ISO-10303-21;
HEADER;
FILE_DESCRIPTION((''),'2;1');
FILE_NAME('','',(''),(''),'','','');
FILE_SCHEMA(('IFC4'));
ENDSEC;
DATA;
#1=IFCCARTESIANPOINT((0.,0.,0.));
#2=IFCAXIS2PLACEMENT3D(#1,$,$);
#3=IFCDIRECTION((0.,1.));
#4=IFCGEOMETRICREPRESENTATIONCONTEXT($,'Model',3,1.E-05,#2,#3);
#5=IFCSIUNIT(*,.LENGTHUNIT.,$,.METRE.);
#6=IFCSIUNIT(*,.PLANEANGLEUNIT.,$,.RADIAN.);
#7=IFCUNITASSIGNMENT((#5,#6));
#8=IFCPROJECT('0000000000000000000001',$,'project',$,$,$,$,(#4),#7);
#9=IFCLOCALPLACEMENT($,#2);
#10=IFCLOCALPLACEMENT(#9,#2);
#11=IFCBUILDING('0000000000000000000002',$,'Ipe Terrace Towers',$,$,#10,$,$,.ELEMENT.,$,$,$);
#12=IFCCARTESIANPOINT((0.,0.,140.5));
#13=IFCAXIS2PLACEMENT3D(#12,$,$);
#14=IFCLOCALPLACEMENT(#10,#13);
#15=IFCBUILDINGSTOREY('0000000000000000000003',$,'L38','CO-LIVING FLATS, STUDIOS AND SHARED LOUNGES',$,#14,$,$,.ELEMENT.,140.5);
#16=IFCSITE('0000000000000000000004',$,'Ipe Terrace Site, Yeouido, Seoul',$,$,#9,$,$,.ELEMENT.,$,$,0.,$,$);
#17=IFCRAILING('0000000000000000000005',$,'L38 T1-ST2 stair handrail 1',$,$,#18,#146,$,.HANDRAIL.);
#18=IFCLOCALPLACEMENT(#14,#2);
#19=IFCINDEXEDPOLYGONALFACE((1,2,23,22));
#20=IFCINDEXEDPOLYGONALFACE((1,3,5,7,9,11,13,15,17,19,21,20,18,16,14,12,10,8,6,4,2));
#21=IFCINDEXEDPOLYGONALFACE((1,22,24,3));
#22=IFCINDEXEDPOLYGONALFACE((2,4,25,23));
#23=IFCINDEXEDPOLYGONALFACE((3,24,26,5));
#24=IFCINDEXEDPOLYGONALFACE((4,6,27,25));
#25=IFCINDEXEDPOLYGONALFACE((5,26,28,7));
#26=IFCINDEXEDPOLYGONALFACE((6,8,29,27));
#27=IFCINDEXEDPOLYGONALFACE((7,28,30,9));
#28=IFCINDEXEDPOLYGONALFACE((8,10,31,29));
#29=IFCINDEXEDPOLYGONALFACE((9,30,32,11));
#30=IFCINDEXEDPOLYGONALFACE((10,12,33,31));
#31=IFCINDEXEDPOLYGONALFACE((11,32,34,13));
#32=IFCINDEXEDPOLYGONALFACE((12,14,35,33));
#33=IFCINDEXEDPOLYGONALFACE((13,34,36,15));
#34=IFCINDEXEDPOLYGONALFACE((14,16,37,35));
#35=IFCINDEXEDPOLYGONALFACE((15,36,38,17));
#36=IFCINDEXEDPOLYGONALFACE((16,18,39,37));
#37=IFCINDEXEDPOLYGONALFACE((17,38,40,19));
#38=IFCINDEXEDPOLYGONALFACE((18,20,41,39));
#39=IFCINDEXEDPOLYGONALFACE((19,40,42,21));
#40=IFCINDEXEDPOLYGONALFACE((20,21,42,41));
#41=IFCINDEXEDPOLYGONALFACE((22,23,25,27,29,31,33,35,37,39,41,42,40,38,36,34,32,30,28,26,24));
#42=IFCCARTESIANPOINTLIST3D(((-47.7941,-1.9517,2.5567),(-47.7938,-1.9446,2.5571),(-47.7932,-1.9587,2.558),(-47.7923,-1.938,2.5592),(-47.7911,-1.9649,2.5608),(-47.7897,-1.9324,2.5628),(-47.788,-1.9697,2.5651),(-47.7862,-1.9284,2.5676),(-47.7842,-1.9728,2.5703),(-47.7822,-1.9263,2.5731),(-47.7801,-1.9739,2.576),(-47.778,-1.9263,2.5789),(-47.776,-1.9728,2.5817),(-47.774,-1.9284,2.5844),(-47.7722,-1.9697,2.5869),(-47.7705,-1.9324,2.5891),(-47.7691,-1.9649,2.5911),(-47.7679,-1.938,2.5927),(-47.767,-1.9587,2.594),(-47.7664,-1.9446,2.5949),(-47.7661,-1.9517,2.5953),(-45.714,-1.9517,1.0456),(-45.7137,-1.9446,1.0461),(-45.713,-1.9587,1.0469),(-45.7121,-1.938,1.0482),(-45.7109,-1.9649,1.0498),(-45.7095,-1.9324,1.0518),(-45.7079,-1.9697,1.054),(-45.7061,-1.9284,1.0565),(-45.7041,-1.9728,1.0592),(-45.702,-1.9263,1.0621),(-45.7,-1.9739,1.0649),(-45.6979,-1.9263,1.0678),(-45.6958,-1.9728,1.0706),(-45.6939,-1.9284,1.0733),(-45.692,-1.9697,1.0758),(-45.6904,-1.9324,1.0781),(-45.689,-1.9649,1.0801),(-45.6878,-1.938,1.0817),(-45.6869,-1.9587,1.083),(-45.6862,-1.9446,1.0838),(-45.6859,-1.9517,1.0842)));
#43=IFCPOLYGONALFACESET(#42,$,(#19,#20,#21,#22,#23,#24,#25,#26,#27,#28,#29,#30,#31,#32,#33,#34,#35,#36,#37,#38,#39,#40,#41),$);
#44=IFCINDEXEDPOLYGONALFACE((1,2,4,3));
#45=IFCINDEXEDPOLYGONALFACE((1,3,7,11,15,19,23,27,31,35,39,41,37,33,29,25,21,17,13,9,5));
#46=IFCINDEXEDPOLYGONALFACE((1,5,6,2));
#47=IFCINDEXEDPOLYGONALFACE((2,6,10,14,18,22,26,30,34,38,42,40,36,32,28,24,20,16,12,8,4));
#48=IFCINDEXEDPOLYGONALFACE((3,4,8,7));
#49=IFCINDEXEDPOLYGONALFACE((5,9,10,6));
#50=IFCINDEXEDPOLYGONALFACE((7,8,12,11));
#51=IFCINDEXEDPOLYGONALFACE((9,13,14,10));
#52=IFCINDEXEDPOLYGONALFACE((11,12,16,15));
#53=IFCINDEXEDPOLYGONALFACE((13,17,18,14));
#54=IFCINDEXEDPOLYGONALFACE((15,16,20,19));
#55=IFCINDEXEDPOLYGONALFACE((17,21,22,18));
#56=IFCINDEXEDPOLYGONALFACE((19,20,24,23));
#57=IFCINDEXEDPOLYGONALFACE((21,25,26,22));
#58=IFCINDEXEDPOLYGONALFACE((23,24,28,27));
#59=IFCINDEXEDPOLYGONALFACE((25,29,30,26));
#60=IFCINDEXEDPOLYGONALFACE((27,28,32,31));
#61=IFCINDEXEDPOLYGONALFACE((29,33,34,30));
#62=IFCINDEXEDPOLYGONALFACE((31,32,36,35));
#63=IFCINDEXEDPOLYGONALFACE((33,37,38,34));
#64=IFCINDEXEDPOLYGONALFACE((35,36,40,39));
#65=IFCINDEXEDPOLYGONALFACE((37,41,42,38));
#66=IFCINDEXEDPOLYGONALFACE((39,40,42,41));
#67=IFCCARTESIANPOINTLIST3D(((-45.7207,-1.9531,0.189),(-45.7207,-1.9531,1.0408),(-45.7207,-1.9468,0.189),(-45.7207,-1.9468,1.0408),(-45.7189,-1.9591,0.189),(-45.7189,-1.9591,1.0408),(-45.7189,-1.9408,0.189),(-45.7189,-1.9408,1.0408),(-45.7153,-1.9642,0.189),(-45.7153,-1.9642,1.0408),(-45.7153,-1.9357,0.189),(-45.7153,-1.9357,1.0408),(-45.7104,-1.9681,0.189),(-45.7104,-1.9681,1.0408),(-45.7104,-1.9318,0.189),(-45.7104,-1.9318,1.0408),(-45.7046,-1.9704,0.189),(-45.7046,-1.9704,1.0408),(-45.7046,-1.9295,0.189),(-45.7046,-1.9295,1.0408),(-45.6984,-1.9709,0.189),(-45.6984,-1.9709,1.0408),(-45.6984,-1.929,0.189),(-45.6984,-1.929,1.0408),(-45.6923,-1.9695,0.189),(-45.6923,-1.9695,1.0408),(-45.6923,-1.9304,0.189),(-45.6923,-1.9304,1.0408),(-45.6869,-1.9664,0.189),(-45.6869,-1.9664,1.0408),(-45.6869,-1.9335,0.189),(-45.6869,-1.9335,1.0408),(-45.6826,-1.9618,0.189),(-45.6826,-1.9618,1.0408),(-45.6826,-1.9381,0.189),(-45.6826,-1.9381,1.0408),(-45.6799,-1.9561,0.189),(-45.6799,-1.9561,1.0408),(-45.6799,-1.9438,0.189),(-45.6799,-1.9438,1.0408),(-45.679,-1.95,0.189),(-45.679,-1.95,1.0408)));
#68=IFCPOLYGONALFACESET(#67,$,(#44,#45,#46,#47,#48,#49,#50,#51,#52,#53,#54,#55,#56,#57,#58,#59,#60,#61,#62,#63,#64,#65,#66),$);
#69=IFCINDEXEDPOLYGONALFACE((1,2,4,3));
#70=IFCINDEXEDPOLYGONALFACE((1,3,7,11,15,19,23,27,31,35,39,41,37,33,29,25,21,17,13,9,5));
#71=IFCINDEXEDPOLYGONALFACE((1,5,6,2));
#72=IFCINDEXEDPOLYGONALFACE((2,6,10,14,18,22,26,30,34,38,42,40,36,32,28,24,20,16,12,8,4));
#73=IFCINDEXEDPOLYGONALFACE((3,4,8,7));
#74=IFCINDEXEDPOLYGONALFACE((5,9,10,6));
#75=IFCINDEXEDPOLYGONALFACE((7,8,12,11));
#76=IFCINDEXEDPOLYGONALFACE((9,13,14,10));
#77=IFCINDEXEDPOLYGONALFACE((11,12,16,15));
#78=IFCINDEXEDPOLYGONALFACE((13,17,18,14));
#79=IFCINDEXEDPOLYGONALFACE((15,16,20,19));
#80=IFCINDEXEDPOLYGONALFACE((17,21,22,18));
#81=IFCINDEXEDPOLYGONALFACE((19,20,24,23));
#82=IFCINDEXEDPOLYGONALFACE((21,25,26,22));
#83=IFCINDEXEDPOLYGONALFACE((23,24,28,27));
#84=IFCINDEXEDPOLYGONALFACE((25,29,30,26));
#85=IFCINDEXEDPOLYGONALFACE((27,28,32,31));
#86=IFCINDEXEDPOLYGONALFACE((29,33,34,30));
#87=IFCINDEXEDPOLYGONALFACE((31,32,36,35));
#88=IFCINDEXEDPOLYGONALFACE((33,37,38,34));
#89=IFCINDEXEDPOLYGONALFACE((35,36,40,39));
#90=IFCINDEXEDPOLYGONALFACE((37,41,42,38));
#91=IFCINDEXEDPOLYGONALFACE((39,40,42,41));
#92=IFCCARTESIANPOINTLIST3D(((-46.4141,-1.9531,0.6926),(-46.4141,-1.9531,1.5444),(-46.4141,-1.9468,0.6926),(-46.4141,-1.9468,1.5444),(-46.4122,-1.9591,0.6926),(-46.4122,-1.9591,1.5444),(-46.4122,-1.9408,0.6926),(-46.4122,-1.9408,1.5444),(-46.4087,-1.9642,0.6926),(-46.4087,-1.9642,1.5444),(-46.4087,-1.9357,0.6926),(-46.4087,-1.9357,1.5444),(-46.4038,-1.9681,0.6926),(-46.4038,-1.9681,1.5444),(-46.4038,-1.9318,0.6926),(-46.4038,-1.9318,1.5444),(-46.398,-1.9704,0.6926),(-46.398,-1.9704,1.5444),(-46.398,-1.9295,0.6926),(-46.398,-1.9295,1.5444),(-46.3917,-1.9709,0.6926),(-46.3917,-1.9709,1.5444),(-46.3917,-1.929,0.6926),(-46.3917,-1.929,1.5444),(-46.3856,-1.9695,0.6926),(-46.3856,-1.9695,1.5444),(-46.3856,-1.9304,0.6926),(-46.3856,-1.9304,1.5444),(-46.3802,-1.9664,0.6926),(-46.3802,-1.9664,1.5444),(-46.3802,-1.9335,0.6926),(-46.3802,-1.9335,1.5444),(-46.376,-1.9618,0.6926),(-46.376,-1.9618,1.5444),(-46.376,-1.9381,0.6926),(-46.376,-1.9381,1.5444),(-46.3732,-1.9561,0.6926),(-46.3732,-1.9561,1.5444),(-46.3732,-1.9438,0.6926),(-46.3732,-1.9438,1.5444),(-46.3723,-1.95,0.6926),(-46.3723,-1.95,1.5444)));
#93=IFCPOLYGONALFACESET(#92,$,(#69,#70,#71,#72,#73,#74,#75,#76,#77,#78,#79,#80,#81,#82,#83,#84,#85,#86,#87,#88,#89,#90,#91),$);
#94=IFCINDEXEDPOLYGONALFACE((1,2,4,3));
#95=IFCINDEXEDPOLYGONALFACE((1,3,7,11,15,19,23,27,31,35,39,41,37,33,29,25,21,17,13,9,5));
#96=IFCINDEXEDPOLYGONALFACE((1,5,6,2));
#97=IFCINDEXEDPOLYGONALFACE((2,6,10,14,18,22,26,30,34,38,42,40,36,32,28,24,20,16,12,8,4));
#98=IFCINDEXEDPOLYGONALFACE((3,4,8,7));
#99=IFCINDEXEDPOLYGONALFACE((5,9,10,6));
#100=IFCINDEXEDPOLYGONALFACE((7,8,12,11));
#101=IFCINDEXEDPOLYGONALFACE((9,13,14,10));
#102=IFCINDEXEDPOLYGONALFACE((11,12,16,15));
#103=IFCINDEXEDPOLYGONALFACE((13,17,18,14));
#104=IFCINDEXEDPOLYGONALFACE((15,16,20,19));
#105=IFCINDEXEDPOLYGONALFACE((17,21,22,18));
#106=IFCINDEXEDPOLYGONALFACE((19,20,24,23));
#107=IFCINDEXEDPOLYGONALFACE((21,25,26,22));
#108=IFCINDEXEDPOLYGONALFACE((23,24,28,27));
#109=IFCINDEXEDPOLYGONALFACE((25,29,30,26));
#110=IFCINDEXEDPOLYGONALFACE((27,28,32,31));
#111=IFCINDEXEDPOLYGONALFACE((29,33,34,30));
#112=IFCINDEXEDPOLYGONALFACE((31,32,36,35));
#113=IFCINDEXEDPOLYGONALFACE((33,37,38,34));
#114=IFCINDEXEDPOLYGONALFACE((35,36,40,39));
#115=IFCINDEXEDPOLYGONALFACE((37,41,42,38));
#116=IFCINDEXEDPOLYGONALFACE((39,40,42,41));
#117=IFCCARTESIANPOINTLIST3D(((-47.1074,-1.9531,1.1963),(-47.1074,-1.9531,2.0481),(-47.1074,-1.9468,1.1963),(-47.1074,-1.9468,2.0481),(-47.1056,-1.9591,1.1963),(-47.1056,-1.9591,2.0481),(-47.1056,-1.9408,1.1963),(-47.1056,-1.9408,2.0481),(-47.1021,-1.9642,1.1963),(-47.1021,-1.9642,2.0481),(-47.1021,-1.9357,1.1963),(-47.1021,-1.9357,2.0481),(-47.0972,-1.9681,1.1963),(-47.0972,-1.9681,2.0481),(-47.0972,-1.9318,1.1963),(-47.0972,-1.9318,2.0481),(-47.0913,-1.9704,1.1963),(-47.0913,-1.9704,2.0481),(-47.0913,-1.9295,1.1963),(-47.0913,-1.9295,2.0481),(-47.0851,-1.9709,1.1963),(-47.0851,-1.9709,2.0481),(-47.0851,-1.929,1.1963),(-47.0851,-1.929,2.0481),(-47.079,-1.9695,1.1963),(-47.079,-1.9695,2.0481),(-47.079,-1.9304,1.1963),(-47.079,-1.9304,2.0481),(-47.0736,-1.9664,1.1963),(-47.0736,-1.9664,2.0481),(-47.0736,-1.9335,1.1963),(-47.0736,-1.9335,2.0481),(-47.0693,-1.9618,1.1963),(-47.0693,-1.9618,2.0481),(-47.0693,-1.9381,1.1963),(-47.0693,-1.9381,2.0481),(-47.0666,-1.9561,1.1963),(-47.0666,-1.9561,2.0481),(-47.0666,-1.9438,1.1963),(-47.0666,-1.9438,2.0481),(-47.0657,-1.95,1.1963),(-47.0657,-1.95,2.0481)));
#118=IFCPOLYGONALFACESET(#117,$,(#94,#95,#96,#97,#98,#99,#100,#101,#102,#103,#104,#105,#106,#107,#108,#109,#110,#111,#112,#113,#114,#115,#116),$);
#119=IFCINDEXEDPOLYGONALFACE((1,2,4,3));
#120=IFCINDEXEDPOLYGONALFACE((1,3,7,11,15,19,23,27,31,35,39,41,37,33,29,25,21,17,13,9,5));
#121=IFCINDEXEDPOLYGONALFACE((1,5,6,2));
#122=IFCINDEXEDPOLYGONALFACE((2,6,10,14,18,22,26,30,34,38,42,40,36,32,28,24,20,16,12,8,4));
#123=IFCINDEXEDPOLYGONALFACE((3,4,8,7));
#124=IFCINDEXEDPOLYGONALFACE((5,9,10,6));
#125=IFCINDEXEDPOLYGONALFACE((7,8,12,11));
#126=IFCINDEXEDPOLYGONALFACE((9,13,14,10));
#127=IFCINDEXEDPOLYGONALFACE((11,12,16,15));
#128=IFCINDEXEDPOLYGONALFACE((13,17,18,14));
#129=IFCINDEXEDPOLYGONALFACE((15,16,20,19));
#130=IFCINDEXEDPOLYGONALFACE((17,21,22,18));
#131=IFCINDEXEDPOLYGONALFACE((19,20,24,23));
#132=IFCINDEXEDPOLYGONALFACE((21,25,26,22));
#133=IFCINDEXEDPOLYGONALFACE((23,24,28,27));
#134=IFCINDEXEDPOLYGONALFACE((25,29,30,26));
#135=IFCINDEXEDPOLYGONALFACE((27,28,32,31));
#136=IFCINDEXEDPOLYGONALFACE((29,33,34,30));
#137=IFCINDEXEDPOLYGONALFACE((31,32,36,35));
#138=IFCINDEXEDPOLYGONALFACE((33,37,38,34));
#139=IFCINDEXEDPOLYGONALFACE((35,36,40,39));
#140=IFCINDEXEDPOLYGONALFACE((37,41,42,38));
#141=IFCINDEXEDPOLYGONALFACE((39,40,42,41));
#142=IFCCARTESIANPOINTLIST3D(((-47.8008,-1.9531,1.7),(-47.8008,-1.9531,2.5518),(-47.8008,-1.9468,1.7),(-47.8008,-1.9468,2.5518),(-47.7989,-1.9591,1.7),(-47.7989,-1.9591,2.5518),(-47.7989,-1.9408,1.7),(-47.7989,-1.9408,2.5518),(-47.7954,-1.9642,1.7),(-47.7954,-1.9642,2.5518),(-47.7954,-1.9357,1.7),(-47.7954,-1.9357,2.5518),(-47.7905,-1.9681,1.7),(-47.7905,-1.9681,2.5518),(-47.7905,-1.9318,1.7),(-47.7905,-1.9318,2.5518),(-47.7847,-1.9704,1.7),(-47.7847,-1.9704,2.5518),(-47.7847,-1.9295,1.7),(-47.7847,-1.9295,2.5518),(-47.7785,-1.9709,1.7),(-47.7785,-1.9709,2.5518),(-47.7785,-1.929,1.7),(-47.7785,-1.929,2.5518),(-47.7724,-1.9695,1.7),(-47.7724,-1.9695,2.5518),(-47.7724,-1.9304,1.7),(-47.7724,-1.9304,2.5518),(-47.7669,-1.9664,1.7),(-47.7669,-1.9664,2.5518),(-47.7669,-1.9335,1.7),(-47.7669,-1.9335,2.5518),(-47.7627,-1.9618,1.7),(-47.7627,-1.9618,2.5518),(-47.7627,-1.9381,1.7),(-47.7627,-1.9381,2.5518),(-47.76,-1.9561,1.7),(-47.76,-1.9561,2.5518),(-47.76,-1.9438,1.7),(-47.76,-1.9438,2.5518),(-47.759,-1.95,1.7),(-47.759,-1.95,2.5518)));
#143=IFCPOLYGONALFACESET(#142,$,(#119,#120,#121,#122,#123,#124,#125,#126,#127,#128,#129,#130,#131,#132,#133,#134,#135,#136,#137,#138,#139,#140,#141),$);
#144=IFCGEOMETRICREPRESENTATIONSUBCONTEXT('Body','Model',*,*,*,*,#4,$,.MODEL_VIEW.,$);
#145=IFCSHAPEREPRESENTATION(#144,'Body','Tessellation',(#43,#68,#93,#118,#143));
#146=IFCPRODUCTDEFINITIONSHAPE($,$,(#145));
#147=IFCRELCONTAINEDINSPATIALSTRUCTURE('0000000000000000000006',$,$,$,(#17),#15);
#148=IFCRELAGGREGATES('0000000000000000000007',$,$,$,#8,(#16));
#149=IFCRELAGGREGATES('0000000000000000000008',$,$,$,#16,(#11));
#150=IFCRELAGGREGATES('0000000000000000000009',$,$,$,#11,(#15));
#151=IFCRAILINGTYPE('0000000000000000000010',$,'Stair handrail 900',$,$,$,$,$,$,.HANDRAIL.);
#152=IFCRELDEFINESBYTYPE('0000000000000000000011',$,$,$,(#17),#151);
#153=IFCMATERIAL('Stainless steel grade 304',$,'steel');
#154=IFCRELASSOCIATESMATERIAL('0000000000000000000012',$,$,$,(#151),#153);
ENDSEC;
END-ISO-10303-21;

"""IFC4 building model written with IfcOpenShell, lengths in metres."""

from ifc_helpers import new_model, si_unit, direction, frame, origin, origin_2d, place, context, subcontext, project, spatial, circle, extrude, material, type_object, element, save


model = new_model("IFC4")

# Units and contexts
model_context = context("Model", 3, precision=1e-05, world=origin(), true_north=direction((0.0, 1.0)))
body_context = subcontext(model_context, "Body", "Model", "MODEL_VIEW")
ifc_project = project(units=[si_unit("LENGTHUNIT", "METRE"), si_unit("PLANEANGLEUNIT", "RADIAN")], contexts=[model_context])

# Site, building, storey
site_placement = place(None, origin())
site = spatial("IfcSite", under=ifc_project, at=site_placement, Name="Ipe Terrace Site, Yeouido, Seoul", CompositionType="ELEMENT", RefElevation=0.0)
building_placement = place(site_placement, origin())
building = spatial("IfcBuilding", under=site, at=building_placement, Name="Ipe Terrace Towers", CompositionType="ELEMENT")
storey_placement = place(building_placement, frame((0.0, 0.0, 140.5)))
storey = spatial("IfcBuildingStorey", under=building, at=storey_placement, Name="L38", Description="CO-LIVING FLATS, STUDIOS AND SHARED LOUNGES", CompositionType="ELEMENT", Elevation=140.5)

# Railing
ifc_material_1 = material(Name="Stainless steel grade 304", Category="steel")
railing_type_1 = type_object("IfcRailingType", Name="Stair handrail 900", PredefinedType="HANDRAIL", material=ifc_material_1)
railing_1_placement = place(storey_placement, frame((-45.7, -1.95, 0.189)))
element("IfcRailing", 1, at=railing_1_placement, inside=storey, type_object=railing_type_1, Name="L38 T1-ST2 stair handrail 1", PredefinedType="HANDRAIL", context=body_context, shape_type="SweptSolid", body=[
    extrude(circle(Radius=0.0239, at=origin_2d()), frame((0.0, 0.0, 0.876), z_axis=(-0.809069, 0.0, 0.587714), x_axis=(0.0, -1.0, 0.0)), (0.0, 0.0, 1.0), 2.571),
    extrude(circle(Radius=0.021, at=origin_2d()), origin(), (0.0, 0.0, 1.0), 0.8518),
    extrude(circle(Radius=0.021, at=origin_2d()), frame((-0.6934, 0.0, 0.5037)), (0.0, 0.0, 1.0), 0.8518),
    extrude(circle(Radius=0.021, at=origin_2d()), frame((-1.3867, 0.0, 1.0073)), (0.0, 0.0, 1.0), 0.8518),
    extrude(circle(Radius=0.021, at=origin_2d()), frame((-2.0801, 0.0, 1.511)), (0.0, 0.0, 1.0), 0.8518),
])

save(model, "model.ifc")
